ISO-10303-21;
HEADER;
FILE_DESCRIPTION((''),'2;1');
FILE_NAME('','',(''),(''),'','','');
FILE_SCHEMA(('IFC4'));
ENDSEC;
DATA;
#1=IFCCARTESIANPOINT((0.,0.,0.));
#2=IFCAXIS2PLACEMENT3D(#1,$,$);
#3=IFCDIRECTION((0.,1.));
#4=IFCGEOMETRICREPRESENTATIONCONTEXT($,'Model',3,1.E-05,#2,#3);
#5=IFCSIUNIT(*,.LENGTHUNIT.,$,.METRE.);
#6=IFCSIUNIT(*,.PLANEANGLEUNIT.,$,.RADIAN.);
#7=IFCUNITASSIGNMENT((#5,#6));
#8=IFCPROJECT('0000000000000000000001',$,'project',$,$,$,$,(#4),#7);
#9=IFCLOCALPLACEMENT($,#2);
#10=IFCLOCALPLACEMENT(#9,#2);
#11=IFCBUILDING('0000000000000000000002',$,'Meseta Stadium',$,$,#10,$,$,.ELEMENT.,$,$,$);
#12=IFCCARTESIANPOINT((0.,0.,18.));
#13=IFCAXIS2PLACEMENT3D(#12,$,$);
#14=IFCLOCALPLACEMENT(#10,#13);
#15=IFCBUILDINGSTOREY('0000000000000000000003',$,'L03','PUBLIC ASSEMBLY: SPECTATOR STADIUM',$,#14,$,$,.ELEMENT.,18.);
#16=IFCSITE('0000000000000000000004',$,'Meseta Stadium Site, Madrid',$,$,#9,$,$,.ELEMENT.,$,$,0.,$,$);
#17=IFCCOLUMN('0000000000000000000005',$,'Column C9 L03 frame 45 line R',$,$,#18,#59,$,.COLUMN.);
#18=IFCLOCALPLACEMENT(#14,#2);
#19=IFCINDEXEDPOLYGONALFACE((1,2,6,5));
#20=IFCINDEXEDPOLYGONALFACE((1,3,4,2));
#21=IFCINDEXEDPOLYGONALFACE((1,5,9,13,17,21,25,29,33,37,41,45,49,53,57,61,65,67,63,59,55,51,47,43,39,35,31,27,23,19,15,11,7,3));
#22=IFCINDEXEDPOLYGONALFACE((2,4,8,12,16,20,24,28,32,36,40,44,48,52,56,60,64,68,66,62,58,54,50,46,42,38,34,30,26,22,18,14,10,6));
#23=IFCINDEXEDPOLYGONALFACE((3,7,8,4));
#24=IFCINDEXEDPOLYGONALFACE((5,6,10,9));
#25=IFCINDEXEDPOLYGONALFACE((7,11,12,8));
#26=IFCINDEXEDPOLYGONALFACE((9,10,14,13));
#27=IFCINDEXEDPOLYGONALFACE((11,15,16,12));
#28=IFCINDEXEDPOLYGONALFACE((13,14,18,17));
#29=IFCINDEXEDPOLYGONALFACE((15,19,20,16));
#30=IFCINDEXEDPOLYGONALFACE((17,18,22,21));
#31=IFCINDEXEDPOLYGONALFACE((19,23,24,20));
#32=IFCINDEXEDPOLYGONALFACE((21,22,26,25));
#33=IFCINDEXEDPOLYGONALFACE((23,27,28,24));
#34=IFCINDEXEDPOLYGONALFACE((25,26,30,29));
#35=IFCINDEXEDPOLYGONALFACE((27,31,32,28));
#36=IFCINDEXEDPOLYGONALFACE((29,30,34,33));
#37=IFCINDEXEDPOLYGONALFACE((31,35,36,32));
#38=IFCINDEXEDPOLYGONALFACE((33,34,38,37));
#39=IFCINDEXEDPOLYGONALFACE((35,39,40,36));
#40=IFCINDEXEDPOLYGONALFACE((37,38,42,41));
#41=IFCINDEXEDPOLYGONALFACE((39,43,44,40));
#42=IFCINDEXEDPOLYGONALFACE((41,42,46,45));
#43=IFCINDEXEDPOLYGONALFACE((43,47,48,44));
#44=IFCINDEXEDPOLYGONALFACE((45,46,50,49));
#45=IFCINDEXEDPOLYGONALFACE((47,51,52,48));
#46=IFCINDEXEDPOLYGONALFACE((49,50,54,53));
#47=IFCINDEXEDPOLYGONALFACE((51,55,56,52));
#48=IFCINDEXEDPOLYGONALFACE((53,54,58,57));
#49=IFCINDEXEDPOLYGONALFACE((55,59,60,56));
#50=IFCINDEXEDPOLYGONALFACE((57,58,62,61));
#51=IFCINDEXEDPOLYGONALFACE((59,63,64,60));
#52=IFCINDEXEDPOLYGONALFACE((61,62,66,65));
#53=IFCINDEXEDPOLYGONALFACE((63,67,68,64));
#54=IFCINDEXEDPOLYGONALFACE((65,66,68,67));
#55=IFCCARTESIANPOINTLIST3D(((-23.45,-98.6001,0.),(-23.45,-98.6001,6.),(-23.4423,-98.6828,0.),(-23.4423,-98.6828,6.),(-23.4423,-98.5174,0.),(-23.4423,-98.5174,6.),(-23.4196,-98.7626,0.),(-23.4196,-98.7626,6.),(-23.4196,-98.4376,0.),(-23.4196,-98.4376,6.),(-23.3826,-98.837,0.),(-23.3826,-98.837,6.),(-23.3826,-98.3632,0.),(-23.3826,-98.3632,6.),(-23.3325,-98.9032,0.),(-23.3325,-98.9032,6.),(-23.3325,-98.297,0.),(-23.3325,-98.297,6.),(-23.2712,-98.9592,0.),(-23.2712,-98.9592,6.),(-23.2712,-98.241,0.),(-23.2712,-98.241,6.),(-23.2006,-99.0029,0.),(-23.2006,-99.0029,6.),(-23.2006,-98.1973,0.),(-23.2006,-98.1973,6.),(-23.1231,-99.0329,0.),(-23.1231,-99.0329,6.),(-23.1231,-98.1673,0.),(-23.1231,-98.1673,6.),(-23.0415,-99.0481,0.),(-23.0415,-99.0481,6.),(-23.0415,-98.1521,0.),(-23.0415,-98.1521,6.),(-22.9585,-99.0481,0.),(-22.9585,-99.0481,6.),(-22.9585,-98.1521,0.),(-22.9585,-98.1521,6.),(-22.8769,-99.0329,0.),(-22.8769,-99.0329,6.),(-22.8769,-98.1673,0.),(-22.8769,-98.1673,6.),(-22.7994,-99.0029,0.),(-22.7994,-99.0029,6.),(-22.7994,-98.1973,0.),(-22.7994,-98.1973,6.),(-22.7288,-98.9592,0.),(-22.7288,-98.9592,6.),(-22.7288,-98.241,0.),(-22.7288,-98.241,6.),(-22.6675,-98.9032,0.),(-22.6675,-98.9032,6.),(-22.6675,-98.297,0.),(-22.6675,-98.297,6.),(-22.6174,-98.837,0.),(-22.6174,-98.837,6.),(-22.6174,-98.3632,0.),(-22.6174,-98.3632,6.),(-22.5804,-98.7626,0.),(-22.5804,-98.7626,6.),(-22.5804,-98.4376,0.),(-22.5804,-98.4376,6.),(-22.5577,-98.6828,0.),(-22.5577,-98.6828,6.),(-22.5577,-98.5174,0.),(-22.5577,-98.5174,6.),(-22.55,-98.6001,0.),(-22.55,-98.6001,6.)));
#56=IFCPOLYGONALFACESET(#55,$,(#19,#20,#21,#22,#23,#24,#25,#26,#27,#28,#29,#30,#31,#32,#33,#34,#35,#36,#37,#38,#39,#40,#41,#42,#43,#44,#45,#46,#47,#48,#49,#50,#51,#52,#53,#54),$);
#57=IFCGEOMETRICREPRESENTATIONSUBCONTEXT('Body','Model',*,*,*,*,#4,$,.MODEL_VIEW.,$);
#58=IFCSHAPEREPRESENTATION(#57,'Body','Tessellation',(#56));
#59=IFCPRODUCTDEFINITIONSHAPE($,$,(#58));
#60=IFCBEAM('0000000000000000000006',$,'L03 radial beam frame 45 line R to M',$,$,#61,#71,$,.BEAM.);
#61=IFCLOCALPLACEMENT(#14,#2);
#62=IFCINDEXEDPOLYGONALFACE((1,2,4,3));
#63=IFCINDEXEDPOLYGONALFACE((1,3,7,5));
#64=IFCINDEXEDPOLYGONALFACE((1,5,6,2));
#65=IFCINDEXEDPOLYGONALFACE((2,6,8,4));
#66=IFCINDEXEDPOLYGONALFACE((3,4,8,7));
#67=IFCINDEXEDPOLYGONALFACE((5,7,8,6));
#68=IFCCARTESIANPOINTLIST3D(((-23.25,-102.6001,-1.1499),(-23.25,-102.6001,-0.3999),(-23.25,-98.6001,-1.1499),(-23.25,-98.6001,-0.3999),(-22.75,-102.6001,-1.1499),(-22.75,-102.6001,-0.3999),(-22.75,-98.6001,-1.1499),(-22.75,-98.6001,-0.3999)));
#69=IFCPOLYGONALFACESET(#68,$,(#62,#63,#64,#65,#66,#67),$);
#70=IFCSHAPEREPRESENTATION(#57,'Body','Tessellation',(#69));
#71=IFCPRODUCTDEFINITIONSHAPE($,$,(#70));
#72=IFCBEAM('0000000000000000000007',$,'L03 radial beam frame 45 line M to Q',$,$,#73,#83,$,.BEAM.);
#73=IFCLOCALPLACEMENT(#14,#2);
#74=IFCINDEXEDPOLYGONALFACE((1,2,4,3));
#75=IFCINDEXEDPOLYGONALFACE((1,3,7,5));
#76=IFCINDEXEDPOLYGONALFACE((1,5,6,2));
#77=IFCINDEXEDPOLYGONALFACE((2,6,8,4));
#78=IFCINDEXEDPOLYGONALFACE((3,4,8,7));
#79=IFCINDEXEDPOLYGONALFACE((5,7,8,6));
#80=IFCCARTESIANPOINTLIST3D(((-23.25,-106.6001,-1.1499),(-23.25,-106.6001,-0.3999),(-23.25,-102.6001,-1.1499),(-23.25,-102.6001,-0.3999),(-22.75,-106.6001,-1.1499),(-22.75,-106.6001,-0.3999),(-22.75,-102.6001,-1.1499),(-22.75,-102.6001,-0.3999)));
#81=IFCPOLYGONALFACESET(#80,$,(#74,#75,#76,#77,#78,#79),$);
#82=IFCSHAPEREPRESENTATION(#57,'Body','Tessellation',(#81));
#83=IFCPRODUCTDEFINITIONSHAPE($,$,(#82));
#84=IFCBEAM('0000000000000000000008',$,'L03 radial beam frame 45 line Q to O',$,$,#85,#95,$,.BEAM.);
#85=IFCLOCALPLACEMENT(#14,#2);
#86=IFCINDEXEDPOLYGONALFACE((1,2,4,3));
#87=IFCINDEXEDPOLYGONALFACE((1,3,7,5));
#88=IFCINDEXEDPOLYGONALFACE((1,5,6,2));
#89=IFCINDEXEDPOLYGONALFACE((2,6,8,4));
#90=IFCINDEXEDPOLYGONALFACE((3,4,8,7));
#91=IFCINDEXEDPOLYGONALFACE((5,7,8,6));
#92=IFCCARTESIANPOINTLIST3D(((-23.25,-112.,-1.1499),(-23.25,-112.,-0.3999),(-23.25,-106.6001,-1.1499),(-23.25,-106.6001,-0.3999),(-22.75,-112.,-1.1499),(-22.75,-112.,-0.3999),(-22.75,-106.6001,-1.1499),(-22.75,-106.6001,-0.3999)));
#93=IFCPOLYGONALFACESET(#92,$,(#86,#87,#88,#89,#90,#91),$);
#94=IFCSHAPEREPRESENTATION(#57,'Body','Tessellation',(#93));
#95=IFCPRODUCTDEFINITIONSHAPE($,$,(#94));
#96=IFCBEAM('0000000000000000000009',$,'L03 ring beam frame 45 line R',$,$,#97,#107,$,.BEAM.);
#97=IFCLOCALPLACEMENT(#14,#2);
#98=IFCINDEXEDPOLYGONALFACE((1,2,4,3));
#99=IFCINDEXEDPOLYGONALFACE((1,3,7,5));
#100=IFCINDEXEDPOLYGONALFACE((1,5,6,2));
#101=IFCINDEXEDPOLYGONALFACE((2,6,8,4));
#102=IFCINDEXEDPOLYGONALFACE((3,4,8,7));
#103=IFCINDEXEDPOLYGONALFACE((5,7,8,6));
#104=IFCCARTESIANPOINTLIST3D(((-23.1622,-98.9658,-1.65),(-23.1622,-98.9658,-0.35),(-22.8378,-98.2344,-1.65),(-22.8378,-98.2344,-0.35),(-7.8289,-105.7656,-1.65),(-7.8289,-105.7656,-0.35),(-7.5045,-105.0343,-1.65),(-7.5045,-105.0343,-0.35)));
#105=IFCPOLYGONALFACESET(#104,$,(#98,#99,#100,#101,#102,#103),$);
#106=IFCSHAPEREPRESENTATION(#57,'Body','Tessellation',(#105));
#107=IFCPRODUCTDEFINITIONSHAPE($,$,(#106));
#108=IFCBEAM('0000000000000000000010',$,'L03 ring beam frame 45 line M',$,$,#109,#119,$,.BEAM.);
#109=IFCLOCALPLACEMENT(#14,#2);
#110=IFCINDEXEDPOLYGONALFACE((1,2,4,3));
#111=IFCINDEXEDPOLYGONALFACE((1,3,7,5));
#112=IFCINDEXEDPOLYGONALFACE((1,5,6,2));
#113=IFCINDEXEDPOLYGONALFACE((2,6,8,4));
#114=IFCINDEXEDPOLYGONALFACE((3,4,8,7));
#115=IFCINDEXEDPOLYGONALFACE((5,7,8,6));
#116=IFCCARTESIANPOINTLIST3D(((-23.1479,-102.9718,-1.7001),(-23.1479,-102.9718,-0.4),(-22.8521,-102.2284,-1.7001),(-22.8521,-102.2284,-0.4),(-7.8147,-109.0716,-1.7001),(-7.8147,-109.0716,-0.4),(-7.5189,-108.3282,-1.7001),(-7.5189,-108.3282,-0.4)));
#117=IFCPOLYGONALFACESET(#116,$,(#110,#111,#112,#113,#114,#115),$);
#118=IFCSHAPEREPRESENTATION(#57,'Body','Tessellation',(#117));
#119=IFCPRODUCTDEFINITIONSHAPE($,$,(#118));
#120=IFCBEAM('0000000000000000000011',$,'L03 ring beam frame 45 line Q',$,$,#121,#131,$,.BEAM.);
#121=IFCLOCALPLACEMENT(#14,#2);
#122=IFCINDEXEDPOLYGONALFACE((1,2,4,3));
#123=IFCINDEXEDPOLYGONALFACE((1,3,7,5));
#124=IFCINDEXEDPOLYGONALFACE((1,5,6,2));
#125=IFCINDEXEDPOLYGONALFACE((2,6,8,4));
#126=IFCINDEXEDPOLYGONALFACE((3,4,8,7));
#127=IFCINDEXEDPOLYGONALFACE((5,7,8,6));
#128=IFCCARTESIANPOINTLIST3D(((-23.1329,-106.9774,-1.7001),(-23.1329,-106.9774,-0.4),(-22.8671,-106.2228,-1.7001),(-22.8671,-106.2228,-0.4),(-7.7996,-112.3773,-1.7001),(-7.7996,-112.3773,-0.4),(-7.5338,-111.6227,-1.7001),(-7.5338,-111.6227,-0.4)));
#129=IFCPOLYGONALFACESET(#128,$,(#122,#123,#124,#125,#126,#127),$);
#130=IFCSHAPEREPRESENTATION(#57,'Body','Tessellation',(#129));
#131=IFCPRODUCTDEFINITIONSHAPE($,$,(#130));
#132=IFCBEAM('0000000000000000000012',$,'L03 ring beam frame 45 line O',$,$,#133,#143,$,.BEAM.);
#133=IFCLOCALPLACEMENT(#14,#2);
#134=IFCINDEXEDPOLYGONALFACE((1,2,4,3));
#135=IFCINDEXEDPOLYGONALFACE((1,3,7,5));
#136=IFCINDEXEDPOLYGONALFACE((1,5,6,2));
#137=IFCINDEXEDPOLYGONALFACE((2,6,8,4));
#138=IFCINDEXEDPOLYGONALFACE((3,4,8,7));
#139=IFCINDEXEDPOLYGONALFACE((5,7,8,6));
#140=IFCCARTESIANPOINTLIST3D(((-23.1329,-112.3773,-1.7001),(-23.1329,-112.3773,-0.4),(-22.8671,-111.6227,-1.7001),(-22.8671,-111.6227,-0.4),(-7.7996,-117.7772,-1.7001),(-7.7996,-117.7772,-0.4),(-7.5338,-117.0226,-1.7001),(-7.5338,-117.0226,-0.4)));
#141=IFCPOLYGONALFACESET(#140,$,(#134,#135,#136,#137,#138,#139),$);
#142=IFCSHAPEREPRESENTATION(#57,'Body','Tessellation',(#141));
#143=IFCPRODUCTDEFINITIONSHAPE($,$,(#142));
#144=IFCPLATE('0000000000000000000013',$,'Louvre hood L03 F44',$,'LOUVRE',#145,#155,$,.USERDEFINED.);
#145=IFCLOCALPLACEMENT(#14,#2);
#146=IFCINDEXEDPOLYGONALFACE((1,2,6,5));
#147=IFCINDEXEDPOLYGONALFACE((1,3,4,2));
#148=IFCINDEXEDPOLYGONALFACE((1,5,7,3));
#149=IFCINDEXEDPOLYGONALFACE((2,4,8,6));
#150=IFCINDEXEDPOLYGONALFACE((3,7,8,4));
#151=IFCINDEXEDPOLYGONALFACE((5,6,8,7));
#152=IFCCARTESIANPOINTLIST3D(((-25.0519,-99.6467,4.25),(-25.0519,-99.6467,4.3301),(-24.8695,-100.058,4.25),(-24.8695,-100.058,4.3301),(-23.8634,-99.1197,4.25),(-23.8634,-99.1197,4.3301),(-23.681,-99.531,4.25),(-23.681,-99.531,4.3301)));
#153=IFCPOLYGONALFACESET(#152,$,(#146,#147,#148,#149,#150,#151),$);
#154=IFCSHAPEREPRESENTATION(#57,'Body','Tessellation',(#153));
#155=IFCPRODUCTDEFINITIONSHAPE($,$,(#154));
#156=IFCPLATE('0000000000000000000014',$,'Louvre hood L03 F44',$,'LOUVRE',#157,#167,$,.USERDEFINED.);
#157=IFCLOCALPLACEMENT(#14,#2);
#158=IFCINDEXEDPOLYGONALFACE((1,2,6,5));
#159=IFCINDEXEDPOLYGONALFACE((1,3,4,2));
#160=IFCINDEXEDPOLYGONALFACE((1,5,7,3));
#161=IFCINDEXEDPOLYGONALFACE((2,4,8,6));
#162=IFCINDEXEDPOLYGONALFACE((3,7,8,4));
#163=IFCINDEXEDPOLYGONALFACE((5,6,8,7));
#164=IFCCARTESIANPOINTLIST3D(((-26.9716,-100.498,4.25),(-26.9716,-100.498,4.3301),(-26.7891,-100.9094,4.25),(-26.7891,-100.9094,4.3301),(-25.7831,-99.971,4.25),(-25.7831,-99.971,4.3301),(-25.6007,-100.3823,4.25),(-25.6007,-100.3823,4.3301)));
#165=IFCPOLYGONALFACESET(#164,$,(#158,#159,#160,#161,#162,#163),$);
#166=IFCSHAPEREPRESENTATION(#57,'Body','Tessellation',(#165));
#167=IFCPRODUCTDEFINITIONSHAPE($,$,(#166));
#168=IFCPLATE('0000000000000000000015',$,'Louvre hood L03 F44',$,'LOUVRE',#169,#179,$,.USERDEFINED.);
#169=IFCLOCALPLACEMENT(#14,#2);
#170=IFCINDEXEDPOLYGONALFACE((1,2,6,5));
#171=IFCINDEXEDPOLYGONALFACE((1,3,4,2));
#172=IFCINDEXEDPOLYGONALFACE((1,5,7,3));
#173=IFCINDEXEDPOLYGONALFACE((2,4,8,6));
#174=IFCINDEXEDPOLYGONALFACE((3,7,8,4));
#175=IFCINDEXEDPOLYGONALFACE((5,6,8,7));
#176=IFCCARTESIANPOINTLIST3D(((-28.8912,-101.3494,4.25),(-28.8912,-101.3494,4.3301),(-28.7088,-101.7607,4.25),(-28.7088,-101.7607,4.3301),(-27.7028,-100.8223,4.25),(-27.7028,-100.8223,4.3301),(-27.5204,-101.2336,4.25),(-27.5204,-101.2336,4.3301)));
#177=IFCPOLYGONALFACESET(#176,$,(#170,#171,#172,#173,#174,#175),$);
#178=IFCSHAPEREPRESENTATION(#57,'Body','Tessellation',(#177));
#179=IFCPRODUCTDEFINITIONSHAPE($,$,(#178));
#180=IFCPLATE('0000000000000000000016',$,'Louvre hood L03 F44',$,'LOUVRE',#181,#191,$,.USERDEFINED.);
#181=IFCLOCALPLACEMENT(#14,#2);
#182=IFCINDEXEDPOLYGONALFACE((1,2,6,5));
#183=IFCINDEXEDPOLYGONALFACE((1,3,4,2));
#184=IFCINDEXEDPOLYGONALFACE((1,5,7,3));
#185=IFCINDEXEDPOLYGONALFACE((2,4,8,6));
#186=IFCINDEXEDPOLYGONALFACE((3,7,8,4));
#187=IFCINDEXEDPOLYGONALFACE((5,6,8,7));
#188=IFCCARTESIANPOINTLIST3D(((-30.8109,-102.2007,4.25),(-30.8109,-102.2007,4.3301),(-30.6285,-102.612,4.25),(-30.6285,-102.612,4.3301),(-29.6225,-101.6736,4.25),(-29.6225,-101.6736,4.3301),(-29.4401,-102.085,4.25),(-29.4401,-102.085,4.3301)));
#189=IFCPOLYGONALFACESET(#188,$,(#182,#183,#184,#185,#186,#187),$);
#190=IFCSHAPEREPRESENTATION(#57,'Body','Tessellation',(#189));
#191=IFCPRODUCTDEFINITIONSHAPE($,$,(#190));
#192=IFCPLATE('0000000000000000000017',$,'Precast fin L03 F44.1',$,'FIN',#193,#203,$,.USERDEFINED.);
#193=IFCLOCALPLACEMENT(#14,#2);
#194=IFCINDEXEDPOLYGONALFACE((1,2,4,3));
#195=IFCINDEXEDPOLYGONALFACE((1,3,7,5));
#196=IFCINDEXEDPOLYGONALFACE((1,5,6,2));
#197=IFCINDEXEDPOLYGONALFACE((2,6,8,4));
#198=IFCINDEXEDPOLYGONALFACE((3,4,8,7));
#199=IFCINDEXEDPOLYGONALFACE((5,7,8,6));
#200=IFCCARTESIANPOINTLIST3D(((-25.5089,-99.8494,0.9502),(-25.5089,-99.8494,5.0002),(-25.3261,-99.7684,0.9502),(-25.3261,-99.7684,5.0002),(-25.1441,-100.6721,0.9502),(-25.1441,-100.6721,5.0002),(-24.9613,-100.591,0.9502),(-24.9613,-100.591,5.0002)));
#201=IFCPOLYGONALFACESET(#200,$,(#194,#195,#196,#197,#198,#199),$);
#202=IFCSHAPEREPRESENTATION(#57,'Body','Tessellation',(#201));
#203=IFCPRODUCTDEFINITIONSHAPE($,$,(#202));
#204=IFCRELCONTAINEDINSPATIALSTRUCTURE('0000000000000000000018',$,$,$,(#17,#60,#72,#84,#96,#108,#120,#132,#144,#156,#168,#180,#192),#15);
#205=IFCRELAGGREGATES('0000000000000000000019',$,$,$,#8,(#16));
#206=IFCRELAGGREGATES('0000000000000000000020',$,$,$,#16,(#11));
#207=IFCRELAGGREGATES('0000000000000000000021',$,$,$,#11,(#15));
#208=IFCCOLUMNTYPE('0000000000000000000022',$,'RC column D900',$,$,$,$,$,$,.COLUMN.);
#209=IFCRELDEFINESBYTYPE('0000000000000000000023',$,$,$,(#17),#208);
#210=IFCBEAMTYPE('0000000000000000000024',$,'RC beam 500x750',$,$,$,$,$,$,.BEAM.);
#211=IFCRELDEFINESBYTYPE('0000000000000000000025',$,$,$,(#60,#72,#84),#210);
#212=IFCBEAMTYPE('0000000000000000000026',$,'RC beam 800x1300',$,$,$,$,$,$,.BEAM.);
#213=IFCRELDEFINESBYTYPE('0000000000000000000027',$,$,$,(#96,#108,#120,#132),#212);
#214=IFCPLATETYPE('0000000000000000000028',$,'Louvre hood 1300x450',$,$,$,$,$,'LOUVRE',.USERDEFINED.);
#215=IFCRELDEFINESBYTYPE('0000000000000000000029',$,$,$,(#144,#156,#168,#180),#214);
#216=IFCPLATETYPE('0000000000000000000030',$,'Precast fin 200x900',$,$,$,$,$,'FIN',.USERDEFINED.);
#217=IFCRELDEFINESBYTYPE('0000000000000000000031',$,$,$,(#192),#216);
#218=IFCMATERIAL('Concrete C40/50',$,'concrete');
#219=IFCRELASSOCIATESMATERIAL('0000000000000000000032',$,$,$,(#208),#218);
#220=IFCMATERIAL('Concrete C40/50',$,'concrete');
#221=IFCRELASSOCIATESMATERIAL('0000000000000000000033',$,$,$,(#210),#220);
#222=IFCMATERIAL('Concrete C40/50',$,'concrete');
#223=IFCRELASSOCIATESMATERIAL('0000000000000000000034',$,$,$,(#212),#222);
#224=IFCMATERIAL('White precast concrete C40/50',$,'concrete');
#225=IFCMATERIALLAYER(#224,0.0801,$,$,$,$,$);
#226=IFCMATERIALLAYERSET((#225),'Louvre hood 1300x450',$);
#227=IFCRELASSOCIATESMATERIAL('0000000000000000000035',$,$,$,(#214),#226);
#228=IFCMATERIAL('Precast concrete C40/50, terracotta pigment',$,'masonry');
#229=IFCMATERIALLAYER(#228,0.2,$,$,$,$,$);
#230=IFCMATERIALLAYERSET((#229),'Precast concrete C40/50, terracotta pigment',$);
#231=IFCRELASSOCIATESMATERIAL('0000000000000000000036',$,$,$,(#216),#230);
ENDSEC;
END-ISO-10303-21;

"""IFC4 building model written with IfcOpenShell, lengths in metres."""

from ifc_helpers import new_model, si_unit, direction, frame, origin, origin_2d, place, context, subcontext, project, spatial, rectangle, circle, extrude, material, layer, layer_set, material_profile, profile_set, type_object, element, save


model = new_model("IFC4")

# Units and contexts
model_context = context("Model", 3, precision=1e-05, world=origin(), true_north=direction((0.0, 1.0)))
body_context = subcontext(model_context, "Body", "Model", "MODEL_VIEW")
ifc_project = project(units=[si_unit("LENGTHUNIT", "METRE"), si_unit("PLANEANGLEUNIT", "RADIAN")], contexts=[model_context])

# Site, building, storey
site_placement = place(None, origin())
site = spatial("IfcSite", under=ifc_project, at=site_placement, Name="Meseta Stadium Site, Madrid", CompositionType="ELEMENT", RefElevation=0.0)
building_placement = place(site_placement, origin())
building = spatial("IfcBuilding", under=site, at=building_placement, Name="Meseta Stadium", CompositionType="ELEMENT")
storey_placement = place(building_placement, frame((0.0, 0.0, 18.0)))
storey = spatial("IfcBuildingStorey", under=building, at=storey_placement, Name="L03", Description="PUBLIC ASSEMBLY: SPECTATOR STADIUM", CompositionType="ELEMENT", Elevation=18.0)

# Column
ifc_material_1 = material(Name="Concrete C40/50", Category="concrete")
ifc_material_profile_1 = material_profile(ifc_material_1, circle(Radius=0.45, at=origin_2d()), Name="RC D900")
ifc_profile_set_1 = profile_set([ifc_material_profile_1], Name="Concrete C40/50")
column_type = type_object("IfcColumnType", Name="RC column D900", PredefinedType="COLUMN", material=ifc_profile_set_1)
column_placement = place(storey_placement, frame((-23.0, -98.6001, 0.0), z_axis=(0.0, 0.0, 1.0), x_axis=(1.0, 0.0, 0.0)))
element("IfcColumn", 1, at=column_placement, inside=storey, type_object=column_type, Name="Column C9 L03 frame 45 line R", PredefinedType="COLUMN", context=body_context, shape_type="SweptSolid", body=[
    extrude(circle(Radius=0.45, at=origin_2d()), origin(), (0.0, 0.0, 1.0), 6.0),
])

# Beams
ifc_material_2 = material(Name="Concrete C40/50", Category="concrete")
ifc_material_profile_2 = material_profile(ifc_material_2, rectangle(XDim=0.5, YDim=0.75, at=origin_2d()), Name="RC 500x750")
ifc_profile_set_2 = profile_set([ifc_material_profile_2], Name="Concrete C40/50")
beam_type_1 = type_object("IfcBeamType", Name="RC beam 500x750", PredefinedType="BEAM", material=ifc_profile_set_2)
for number, where, z_axis, x_axis, name in (
    (2, (-23.0, -98.6001, -0.7749), (0.0, -1.0, 0.0), (1.0, 0.0, 0.0), "L03 radial beam frame 45 line R to M"),
    (3, (-23.0, -102.6001, -0.7749), (0.0, -1.0, 0.0), (1.0, 0.0, 0.0), "L03 radial beam frame 45 line M to Q"),
):
    element("IfcBeam", number, at=place(storey_placement, frame(where, z_axis=z_axis, x_axis=x_axis)), inside=storey, type_object=beam_type_1, Name=name, PredefinedType="BEAM", context=body_context, shape_type="SweptSolid", body=[
        extrude(rectangle(XDim=0.5, YDim=0.75, at=origin_2d()), origin(), (0.0, 0.0, 1.0), 4.0),
    ])
beam_1_placement = place(storey_placement, frame((-23.0, -106.6001, -0.7749), z_axis=(0.0, -1.0, 0.0), x_axis=(1.0, 0.0, 0.0)))
element("IfcBeam", 4, at=beam_1_placement, inside=storey, type_object=beam_type_1, Name="L03 radial beam frame 45 line Q to O", PredefinedType="BEAM", context=body_context, shape_type="SweptSolid", body=[
    extrude(rectangle(XDim=0.5, YDim=0.75, at=origin_2d()), origin(), (0.0, 0.0, 1.0), 5.3999),
])
ifc_material_3 = material(Name="Concrete C40/50", Category="concrete")
ifc_material_profile_3 = material_profile(ifc_material_3, rectangle(XDim=0.8, YDim=1.3, at=origin_2d()), Name="RC 800x1300")
ifc_profile_set_3 = profile_set([ifc_material_profile_3], Name="Concrete C40/50")
beam_type_2 = type_object("IfcBeamType", Name="RC beam 800x1300", PredefinedType="BEAM", material=ifc_profile_set_3)
beam_2_placement = place(storey_placement, frame((-23.0, -98.6001, -1.0), z_axis=(0.914143, -0.405393, 0.0), x_axis=(0.405393, 0.914143, 0.0)))
element("IfcBeam", 5, at=beam_2_placement, inside=storey, type_object=beam_type_2, Name="L03 ring beam frame 45 line R", PredefinedType="BEAM", context=body_context, shape_type="SweptSolid", body=[
    extrude(rectangle(XDim=0.8, YDim=1.3, at=origin_2d()), origin(), (0.0, 0.0, 1.0), 16.7734),
])
beam_3_placement = place(storey_placement, frame((-23.0, -102.6001, -1.05), z_axis=(0.929174, -0.369643, 0.0), x_axis=(0.369643, 0.929174, 0.0)))
element("IfcBeam", 6, at=beam_3_placement, inside=storey, type_object=beam_type_2, Name="L03 ring beam frame 45 line M", PredefinedType="BEAM", context=body_context, shape_type="SweptSolid", body=[
    extrude(rectangle(XDim=0.8, YDim=1.3, at=origin_2d()), origin(), (0.0, 0.0, 1.0), 16.502),
])
for number, where, z_axis, x_axis, name in (
    (7, (-23.0, -106.6001, -1.05), (0.943219, -0.332173, 0.0), (0.332173, 0.943219, 0.0), "L03 ring beam frame 45 line Q"),
    (8, (-23.0, -112.0, -1.05), (0.943219, -0.332173, 0.0), (0.332173, 0.943219, 0.0), "L03 ring beam frame 45 line O"),
):
    element("IfcBeam", number, at=place(storey_placement, frame(where, z_axis=z_axis, x_axis=x_axis)), inside=storey, type_object=beam_type_2, Name=name, PredefinedType="BEAM", context=body_context, shape_type="SweptSolid", body=[
        extrude(rectangle(XDim=0.8, YDim=1.3, at=origin_2d()), origin(), (0.0, 0.0, 1.0), 16.2563),
    ])

# Plates
ifc_material_4 = material(Name="White precast concrete C40/50", Category="concrete")
ifc_layer_1 = layer(ifc_material_4, 0.0801)
ifc_layer_set_1 = layer_set([ifc_layer_1], Name="Louvre hood 1300x450")
plate_type_1 = type_object("IfcPlateType", Name="Louvre hood 1300x450", ElementType="LOUVRE", PredefinedType="USERDEFINED", material=ifc_layer_set_1)
for number, where, z_axis, x_axis, name in (
    (9, (-24.3665, -99.5889, 4.25), (0.0, 0.0, 1.0), (0.914139, 0.405401, 0.0), "Louvre hood L03 F44"),
    (10, (-26.2861, -100.4402, 4.25), (0.0, 0.0, 1.0), (0.914139, 0.405401, 0.0), "Louvre hood L03 F44"),
    (11, (-28.2058, -101.2915, 4.25), (0.0, 0.0, 1.0), (0.914139, 0.405401, 0.0), "Louvre hood L03 F44"),
    (12, (-30.1255, -102.1428, 4.25), (0.0, 0.0, 1.0), (0.914139, 0.405401, 0.0), "Louvre hood L03 F44"),
):
    element("IfcPlate", number, at=place(storey_placement, frame(where, z_axis=z_axis, x_axis=x_axis)), inside=storey, type_object=plate_type_1, Name=name, ObjectType="LOUVRE", PredefinedType="USERDEFINED", context=body_context, shape_type="SweptSolid", body=[
        extrude(rectangle(XDim=1.3, YDim=0.45, at=origin_2d()), origin(), (0.0, 0.0, 1.0), 0.0801),
    ])
ifc_material_5 = material(Name="Precast concrete C40/50, terracotta pigment", Category="masonry")
ifc_layer_2 = layer(ifc_material_5, 0.2)
ifc_layer_set_2 = layer_set([ifc_layer_2], Name="Precast concrete C40/50, terracotta pigment")
plate_type_2 = type_object("IfcPlateType", Name="Precast fin 200x900", ElementType="FIN", PredefinedType="USERDEFINED", material=ifc_layer_set_2)
for number, where, z_axis, x_axis, name in (
    (13, (-25.2351, -100.2202, 0.9502), (0.0, 0.0, 1.0), (-0.914139, -0.4054, 0.0), "Precast fin L03 F44.1"),
):
    element("IfcPlate", number, at=place(storey_placement, frame(where, z_axis=z_axis, x_axis=x_axis)), inside=storey, type_object=plate_type_2, Name=name, ObjectType="FIN", PredefinedType="USERDEFINED", context=body_context, shape_type="SweptSolid", body=[
        extrude(rectangle(XDim=0.2, YDim=0.8999, at=origin_2d()), origin(), (0.0, 0.0, 1.0), 4.05),
    ])

save(model, "model.ifc")
